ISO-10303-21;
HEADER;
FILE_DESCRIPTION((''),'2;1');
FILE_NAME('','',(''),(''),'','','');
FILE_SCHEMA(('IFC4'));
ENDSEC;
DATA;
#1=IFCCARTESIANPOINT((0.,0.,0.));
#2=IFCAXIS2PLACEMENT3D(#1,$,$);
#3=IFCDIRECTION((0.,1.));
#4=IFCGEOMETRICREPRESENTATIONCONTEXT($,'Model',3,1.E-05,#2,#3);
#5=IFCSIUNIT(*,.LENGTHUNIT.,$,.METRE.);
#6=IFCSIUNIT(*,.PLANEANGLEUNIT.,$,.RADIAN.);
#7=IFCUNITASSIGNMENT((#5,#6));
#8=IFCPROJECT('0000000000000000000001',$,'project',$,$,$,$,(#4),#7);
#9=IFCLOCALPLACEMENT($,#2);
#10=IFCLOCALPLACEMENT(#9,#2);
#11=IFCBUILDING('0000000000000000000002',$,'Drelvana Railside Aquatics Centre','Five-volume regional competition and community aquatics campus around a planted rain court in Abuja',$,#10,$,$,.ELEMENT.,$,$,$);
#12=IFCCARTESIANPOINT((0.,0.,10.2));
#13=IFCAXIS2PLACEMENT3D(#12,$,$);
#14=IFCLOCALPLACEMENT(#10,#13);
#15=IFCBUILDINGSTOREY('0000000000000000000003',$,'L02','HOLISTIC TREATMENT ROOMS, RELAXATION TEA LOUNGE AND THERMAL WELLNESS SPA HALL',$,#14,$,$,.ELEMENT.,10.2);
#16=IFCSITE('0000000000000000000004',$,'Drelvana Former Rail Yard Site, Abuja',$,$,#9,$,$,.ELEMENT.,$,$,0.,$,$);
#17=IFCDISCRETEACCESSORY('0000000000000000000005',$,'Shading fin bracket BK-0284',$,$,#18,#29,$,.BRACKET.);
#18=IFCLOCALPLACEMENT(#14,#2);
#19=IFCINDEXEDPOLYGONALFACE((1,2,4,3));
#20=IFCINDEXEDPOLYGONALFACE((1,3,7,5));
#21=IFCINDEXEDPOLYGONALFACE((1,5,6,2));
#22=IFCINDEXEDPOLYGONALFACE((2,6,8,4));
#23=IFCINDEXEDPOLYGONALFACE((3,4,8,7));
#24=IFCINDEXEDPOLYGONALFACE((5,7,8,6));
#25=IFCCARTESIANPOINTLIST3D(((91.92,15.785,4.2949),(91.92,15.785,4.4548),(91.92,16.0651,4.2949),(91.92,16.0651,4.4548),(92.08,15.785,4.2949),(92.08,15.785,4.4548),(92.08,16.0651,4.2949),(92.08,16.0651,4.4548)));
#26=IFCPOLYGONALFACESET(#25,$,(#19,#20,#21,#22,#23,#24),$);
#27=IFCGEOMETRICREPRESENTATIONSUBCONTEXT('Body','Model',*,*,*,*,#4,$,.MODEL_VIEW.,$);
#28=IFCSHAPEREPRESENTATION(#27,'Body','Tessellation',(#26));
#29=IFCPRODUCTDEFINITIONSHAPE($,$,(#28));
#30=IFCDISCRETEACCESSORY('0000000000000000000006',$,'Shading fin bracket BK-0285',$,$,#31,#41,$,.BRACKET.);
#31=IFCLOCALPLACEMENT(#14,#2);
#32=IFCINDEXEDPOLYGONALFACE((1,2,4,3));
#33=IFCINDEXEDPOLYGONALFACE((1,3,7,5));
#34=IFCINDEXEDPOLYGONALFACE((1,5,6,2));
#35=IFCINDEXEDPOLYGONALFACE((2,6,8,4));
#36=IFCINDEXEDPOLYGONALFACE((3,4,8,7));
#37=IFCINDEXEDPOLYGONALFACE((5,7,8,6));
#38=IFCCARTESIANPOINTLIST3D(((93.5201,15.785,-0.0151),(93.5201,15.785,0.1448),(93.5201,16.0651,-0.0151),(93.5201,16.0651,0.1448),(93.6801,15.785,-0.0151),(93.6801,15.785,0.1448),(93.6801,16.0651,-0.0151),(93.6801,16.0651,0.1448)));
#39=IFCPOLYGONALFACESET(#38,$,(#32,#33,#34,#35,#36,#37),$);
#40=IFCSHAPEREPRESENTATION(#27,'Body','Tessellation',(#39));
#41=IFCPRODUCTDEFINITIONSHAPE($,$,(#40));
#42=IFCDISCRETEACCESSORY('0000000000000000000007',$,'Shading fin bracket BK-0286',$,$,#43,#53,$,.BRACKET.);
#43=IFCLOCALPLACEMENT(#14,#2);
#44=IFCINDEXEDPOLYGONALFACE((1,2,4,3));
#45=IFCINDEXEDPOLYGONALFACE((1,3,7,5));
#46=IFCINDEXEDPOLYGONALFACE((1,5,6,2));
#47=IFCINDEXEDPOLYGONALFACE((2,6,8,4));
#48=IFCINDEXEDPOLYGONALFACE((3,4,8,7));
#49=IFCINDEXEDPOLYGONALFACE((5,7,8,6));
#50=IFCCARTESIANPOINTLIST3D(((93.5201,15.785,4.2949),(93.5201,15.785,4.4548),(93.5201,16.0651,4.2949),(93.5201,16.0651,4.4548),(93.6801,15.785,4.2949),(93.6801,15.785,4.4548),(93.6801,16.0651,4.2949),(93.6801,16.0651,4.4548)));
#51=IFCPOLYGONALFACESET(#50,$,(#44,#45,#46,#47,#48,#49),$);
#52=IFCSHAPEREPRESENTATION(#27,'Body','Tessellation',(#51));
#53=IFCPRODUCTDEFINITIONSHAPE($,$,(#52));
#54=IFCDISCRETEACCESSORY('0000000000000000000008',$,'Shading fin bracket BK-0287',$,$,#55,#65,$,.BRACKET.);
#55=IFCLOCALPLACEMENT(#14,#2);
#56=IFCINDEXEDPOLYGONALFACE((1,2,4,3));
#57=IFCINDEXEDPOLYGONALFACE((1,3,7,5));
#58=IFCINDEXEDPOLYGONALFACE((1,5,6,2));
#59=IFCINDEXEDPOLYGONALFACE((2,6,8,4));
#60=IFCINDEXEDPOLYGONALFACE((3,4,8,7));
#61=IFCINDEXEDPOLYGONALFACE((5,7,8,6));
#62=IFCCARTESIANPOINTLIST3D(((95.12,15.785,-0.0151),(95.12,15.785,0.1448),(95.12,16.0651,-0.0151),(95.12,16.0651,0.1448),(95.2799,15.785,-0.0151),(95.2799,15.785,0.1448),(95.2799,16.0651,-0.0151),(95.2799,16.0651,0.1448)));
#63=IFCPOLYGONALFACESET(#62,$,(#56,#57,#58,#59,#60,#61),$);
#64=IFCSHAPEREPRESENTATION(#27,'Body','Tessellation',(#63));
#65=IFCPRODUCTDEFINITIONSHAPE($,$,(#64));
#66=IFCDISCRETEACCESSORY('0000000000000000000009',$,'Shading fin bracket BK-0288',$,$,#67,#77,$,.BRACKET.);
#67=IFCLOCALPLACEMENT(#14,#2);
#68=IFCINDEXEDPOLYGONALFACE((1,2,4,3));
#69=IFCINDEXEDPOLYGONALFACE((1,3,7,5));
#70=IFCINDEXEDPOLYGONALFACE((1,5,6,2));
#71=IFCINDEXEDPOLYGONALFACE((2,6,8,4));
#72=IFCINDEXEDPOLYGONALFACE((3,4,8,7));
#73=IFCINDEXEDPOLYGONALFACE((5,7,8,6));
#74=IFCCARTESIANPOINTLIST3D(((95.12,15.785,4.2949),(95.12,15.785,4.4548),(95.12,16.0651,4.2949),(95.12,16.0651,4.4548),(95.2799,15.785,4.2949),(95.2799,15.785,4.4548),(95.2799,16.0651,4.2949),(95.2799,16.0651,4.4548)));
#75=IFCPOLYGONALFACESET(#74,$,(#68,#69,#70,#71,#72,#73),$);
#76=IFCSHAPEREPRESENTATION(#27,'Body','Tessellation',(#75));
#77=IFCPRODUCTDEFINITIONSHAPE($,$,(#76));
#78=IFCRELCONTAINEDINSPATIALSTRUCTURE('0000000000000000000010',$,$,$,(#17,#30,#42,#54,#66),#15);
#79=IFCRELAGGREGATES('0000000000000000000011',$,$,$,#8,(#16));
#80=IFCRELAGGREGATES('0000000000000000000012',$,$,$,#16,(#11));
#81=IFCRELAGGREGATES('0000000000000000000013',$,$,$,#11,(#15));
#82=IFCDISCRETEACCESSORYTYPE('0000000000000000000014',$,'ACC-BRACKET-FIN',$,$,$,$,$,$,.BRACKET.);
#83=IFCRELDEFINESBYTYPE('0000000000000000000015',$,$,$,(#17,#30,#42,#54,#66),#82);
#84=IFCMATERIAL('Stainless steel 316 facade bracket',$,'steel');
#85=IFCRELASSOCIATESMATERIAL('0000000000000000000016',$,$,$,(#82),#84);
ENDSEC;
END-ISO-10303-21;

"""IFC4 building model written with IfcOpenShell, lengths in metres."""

from ifc_helpers import new_model, si_unit, direction, frame, origin, origin_2d, place, context, subcontext, project, spatial, rectangle, extrude, material, type_object, element, save


model = new_model("IFC4")

# Units and contexts
model_context = context("Model", 3, precision=1e-05, world=origin(), true_north=direction((0.0, 1.0)))
body_context = subcontext(model_context, "Body", "Model", "MODEL_VIEW")
ifc_project = project(units=[si_unit("LENGTHUNIT", "METRE"), si_unit("PLANEANGLEUNIT", "RADIAN")], contexts=[model_context])

# Site, building, storey
site_placement = place(None, origin())
site = spatial("IfcSite", under=ifc_project, at=site_placement, Name="Drelvana Former Rail Yard Site, Abuja", CompositionType="ELEMENT", RefElevation=0.0)
building_placement = place(site_placement, origin())
building = spatial("IfcBuilding", under=site, at=building_placement, Name="Drelvana Railside Aquatics Centre", Description="Five-volume regional competition and community aquatics campus around a planted rain court in Abuja", CompositionType="ELEMENT")
storey_placement = place(building_placement, frame((0.0, 0.0, 10.2)))
storey = spatial("IfcBuildingStorey", under=building, at=storey_placement, Name="L02", Description="HOLISTIC TREATMENT ROOMS, RELAXATION TEA LOUNGE AND THERMAL WELLNESS SPA HALL", CompositionType="ELEMENT", Elevation=10.2)

# Discrete accessories
ifc_material_1 = material(Name="Stainless steel 316 facade bracket", Category="steel")
discrete_accessory_type = type_object("IfcDiscreteAccessoryType", Name="ACC-BRACKET-FIN", PredefinedType="BRACKET", material=ifc_material_1)
for number, where, z_axis, x_axis, name in (
    (1, (92.0, 15.925, 4.2949), (0.0, 0.0, 1.0), (0.0, -1.0, 0.0), "Shading fin bracket BK-0284"),
    (2, (93.6001, 15.925, -0.0151), (0.0, 0.0, 1.0), (0.0, -1.0, 0.0), "Shading fin bracket BK-0285"),
    (3, (93.6001, 15.925, 4.2949), (0.0, 0.0, 1.0), (0.0, -1.0, 0.0), "Shading fin bracket BK-0286"),
    (4, (95.2, 15.925, -0.0151), (0.0, 0.0, 1.0), (0.0, -1.0, 0.0), "Shading fin bracket BK-0287"),
    (5, (95.2, 15.925, 4.2949), (0.0, 0.0, 1.0), (0.0, -1.0, 0.0), "Shading fin bracket BK-0288"),
):
    element("IfcDiscreteAccessory", number, at=place(storey_placement, frame(where, z_axis=z_axis, x_axis=x_axis)), inside=storey, type_object=discrete_accessory_type, Name=name, PredefinedType="BRACKET", context=body_context, shape_type="SweptSolid", body=[
        extrude(rectangle(XDim=0.28, YDim=0.1599, at=origin_2d()), origin(), (0.0, 0.0, 1.0), 0.1599),
    ])

save(model, "model.ifc")
